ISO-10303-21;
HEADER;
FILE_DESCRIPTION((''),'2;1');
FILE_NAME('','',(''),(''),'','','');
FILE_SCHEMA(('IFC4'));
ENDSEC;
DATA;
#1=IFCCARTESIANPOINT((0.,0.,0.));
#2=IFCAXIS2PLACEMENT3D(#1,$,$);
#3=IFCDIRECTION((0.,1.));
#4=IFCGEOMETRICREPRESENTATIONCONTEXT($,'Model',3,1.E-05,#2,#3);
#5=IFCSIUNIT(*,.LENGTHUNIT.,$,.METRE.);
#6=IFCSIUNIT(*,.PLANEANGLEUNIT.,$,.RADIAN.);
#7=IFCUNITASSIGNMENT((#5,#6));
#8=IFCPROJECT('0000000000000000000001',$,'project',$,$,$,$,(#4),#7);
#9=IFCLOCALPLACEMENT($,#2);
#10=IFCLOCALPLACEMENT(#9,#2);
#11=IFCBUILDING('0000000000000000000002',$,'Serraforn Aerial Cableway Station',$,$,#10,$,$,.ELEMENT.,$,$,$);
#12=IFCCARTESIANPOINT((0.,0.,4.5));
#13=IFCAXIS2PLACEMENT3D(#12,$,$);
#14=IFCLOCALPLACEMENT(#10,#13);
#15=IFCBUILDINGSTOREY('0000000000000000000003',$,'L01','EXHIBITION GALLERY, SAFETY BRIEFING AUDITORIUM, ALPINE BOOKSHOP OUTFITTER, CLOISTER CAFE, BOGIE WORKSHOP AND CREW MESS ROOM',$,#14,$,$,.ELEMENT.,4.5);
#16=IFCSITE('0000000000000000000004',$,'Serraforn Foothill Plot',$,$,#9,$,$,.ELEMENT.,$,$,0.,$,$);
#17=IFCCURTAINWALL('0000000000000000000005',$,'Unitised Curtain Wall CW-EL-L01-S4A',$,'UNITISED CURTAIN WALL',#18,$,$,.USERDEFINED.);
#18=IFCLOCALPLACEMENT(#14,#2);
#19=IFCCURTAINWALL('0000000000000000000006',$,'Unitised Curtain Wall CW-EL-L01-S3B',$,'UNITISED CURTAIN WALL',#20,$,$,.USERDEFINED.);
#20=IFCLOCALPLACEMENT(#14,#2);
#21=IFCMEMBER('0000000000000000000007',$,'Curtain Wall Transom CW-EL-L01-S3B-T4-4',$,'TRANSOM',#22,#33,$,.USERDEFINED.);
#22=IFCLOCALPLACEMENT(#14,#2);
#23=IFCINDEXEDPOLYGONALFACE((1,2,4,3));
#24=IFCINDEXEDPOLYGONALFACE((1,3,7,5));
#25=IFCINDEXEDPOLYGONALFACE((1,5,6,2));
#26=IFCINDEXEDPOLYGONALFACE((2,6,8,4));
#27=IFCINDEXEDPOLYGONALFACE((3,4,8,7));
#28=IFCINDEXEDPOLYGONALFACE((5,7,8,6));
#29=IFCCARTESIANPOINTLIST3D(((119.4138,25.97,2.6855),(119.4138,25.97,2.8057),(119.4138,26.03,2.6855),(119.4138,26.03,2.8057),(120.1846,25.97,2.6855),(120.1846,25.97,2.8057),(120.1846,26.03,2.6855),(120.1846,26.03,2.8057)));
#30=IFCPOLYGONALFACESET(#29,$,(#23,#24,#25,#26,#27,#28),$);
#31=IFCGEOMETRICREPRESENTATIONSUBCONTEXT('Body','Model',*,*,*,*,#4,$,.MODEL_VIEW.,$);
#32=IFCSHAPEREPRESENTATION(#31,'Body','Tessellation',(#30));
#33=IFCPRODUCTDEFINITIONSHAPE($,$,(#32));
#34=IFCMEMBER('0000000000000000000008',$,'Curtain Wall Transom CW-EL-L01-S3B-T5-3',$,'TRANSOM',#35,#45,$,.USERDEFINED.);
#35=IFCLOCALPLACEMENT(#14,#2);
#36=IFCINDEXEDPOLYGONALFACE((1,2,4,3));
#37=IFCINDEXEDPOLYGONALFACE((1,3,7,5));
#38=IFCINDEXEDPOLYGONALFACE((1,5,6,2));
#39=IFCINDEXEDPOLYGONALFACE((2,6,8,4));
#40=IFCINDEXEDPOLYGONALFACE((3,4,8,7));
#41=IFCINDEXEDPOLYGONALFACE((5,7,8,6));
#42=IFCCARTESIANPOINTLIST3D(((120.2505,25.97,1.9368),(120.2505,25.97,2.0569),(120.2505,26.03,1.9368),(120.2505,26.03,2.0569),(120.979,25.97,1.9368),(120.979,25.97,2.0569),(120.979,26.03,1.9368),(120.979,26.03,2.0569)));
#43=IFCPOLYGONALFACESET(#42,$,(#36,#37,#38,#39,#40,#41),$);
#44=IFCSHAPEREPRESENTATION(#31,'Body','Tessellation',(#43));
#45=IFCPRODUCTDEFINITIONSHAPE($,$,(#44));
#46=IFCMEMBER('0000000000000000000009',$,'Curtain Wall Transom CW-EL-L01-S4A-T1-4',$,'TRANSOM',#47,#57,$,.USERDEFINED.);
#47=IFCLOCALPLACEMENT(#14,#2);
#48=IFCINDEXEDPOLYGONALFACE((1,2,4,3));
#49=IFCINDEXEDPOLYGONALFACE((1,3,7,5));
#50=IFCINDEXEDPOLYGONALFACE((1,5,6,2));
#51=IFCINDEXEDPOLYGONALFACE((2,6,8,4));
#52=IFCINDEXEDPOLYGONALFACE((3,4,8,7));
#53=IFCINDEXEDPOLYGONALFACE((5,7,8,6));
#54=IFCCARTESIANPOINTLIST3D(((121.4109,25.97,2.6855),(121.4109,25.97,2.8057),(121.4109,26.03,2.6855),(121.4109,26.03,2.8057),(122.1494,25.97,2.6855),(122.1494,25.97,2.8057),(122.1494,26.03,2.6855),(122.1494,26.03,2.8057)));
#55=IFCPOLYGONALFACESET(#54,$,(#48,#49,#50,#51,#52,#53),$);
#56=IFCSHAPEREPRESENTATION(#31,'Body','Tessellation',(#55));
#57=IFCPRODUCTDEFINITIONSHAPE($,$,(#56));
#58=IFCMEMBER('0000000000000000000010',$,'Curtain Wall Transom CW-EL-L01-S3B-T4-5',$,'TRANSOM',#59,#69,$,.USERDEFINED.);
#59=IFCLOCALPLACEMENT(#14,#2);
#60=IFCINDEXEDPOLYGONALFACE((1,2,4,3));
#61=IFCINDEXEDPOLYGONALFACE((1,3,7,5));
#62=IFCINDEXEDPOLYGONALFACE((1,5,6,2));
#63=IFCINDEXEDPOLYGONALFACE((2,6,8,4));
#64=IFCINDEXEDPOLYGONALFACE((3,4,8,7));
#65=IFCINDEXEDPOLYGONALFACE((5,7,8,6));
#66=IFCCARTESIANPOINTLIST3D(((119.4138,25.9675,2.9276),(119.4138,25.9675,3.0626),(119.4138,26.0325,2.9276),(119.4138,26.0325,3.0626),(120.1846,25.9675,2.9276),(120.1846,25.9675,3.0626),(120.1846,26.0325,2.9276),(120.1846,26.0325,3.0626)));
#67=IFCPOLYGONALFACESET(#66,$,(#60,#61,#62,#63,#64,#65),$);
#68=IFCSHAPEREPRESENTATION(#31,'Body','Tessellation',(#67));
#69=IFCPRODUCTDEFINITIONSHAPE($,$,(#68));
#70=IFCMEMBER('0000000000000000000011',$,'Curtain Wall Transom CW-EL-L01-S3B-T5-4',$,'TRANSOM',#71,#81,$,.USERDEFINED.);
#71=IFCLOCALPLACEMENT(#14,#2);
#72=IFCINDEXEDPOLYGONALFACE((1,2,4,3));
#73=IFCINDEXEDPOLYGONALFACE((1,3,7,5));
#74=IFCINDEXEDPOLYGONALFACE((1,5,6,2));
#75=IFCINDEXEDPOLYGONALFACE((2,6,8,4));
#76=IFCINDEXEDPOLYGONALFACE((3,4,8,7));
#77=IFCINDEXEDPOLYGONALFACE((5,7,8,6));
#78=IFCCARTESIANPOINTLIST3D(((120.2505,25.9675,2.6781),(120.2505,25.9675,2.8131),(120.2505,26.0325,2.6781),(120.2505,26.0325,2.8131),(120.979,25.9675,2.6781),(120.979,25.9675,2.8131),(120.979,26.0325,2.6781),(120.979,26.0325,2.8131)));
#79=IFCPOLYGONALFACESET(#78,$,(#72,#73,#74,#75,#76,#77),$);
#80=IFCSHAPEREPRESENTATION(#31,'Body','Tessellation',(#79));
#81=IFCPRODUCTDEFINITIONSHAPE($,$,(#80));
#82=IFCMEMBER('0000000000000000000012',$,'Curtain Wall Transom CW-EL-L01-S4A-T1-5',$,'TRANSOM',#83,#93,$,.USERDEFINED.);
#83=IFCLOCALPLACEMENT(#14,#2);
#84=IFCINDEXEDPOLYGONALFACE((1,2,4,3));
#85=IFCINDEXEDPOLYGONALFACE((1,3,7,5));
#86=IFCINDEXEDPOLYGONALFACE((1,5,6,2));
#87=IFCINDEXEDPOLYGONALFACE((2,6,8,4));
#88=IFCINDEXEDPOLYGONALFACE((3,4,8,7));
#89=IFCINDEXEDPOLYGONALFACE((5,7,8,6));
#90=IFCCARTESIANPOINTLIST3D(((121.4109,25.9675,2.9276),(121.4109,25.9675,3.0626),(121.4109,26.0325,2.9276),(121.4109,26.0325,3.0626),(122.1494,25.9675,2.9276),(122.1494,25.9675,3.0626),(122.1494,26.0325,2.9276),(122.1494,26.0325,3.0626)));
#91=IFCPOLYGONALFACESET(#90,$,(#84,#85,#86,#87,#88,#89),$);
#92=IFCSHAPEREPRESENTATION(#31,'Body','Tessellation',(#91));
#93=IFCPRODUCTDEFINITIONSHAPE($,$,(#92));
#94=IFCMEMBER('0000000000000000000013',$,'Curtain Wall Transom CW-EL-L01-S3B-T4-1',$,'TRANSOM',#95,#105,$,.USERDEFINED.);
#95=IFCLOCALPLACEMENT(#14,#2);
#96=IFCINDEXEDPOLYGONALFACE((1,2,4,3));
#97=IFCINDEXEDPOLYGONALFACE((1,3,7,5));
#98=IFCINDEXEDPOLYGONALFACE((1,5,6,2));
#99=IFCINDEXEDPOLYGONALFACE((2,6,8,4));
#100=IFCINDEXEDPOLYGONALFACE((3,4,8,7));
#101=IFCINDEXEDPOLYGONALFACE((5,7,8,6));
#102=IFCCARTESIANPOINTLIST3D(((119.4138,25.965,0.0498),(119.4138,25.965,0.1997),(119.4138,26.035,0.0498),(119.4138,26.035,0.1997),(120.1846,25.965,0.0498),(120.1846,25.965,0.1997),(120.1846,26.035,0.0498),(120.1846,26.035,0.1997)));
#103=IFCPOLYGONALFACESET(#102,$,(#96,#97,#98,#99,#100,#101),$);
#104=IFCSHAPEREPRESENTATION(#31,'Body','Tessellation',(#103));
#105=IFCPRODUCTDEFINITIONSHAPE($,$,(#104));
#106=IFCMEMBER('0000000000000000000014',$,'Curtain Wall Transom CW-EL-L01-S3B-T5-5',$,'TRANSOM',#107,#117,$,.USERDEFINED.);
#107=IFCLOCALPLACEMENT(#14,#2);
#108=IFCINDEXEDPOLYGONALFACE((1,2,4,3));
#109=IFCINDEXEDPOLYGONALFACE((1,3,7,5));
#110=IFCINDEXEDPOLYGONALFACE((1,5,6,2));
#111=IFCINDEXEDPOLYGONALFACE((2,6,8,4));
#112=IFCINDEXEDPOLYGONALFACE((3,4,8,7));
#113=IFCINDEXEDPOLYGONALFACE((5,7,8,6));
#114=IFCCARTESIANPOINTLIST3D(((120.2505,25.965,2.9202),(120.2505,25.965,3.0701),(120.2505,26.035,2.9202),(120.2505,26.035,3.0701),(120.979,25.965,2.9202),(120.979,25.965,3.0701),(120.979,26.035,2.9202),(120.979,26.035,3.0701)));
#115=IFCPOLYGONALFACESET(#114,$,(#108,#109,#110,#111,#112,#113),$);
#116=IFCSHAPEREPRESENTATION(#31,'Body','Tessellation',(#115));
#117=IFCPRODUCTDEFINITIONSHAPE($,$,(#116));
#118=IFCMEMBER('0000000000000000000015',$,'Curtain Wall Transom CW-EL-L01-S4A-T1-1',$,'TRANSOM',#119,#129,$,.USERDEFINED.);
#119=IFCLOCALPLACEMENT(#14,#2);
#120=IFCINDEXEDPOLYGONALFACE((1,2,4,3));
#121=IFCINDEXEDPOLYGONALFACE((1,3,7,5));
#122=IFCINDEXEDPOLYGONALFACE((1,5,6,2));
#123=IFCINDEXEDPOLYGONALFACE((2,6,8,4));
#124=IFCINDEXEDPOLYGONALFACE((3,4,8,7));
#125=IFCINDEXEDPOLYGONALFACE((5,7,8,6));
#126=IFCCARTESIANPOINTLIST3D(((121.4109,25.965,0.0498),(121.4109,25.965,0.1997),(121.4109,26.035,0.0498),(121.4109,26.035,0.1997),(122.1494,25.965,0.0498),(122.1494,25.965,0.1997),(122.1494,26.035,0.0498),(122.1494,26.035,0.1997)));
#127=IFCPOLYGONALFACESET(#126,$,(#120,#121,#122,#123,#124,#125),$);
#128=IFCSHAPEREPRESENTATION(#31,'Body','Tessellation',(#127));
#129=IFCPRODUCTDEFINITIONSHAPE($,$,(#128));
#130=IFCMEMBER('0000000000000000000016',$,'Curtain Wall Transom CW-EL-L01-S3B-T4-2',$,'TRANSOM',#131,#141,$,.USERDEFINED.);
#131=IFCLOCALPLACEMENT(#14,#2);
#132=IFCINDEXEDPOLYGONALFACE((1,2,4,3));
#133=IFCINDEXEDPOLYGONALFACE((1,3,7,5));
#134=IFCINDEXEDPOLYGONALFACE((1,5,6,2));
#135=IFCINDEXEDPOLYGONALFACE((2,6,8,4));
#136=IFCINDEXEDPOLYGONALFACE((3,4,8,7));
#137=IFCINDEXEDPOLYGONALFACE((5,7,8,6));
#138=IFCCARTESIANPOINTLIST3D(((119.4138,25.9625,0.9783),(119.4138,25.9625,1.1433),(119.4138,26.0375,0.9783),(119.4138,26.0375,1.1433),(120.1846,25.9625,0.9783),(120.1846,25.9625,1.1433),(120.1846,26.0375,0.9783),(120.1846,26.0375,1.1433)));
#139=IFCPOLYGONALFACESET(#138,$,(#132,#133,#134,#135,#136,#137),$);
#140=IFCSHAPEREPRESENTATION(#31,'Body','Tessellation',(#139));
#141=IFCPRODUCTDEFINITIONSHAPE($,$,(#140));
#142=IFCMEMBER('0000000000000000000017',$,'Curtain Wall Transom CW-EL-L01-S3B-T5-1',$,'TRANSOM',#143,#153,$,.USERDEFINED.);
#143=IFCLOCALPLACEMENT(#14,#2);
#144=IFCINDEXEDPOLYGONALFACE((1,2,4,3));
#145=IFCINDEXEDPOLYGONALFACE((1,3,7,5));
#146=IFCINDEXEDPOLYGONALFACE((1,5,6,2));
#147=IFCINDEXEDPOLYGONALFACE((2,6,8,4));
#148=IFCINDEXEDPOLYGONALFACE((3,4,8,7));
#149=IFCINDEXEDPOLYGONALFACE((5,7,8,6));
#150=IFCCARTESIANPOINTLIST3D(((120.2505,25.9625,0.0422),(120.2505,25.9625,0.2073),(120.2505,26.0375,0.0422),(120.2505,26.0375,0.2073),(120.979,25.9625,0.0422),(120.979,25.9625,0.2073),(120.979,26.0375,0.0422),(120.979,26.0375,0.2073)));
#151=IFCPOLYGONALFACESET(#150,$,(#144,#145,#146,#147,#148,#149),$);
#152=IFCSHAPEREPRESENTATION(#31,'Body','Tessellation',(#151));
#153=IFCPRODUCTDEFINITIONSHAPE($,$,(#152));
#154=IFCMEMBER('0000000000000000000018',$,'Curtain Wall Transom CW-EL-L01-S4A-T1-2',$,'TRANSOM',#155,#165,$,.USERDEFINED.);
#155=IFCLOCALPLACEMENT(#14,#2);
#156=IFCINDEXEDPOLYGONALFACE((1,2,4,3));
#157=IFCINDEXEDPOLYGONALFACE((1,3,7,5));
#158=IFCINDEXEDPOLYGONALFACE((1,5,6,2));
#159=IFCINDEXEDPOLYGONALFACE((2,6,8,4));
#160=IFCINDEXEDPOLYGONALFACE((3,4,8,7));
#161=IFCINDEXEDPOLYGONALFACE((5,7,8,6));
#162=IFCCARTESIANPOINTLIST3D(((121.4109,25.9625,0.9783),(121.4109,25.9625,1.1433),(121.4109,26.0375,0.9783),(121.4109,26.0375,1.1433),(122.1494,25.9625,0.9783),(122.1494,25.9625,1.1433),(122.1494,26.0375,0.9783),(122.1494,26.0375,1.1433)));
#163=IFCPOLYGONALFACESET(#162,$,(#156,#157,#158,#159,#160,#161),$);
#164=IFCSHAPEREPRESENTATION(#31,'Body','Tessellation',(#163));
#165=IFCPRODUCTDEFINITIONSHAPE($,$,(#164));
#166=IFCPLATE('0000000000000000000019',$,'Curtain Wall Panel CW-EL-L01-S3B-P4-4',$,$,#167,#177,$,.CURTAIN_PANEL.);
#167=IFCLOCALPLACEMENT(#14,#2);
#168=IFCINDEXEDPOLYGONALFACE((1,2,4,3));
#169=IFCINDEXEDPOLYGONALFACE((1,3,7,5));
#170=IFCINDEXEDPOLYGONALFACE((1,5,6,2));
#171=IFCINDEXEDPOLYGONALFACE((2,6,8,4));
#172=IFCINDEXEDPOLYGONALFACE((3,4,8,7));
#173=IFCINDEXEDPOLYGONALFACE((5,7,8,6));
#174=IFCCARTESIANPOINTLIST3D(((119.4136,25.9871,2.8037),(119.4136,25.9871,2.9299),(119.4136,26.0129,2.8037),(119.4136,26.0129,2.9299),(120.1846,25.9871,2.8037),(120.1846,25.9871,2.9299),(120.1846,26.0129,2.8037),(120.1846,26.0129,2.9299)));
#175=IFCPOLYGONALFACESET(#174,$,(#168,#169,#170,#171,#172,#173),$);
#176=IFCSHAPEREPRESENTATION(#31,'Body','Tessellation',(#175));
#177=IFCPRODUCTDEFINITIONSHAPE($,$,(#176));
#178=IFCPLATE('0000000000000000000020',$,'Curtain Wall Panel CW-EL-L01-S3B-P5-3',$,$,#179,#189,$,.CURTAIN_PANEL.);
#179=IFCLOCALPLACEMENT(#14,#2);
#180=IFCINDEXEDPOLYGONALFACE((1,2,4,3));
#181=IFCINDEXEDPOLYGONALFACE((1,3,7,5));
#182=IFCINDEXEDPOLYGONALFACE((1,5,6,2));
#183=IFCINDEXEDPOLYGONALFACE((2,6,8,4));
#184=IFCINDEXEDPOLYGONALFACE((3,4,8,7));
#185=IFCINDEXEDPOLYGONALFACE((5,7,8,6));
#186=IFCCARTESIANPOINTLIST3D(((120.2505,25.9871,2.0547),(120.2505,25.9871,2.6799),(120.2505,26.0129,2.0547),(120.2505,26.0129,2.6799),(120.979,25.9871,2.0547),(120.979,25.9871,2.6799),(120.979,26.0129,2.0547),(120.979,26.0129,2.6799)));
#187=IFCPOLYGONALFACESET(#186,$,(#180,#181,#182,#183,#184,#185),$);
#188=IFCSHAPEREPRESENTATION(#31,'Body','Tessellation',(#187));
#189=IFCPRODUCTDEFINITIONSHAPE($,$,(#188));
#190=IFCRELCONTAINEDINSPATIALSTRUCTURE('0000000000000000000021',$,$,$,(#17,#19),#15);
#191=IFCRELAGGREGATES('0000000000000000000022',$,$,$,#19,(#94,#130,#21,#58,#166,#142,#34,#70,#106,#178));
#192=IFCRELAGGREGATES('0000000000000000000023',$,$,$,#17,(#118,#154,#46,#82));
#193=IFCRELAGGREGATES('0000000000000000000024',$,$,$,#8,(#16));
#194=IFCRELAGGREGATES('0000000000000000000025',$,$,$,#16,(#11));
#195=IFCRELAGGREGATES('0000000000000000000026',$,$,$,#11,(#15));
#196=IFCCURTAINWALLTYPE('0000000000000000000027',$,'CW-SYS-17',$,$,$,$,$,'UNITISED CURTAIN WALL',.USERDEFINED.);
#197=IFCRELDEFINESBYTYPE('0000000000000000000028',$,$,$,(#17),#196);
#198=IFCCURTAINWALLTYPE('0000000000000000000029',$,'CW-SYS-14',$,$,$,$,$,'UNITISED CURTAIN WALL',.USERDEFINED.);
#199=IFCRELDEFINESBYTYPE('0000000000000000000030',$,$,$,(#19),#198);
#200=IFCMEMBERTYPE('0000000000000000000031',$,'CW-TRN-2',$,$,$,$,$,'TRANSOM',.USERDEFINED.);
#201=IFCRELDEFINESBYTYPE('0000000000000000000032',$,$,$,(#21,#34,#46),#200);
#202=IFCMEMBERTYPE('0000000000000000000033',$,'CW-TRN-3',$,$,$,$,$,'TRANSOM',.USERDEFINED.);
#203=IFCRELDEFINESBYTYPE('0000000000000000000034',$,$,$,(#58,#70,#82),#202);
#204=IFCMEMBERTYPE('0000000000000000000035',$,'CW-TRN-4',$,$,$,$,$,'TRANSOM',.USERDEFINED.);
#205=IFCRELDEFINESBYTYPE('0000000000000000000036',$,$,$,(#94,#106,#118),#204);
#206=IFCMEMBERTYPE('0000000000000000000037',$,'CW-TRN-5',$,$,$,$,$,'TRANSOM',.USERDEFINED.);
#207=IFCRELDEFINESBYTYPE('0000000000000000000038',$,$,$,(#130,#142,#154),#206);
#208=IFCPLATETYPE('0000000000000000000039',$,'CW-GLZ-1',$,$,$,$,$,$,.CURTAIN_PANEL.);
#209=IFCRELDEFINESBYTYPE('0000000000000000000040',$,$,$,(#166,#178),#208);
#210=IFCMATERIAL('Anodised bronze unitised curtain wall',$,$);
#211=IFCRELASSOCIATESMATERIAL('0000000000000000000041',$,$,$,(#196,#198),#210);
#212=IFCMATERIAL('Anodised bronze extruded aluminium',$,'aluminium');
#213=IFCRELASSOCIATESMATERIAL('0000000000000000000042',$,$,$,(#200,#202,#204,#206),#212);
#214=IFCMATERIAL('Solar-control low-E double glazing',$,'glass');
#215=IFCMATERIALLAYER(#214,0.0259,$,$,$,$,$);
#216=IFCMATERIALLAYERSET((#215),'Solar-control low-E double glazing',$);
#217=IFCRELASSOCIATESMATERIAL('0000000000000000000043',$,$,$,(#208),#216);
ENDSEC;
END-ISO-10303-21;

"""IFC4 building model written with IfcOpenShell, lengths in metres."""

from ifc_helpers import new_model, si_unit, direction, frame, origin, origin_2d, place, context, subcontext, project, spatial, rectangle, extrude, material, layer, layer_set, material_profile, profile_set, type_object, element, aggregate, save


model = new_model("IFC4")

# Units and contexts
model_context = context("Model", 3, precision=1e-05, world=origin(), true_north=direction((0.0, 1.0)))
body_context = subcontext(model_context, "Body", "Model", "MODEL_VIEW")
ifc_project = project(units=[si_unit("LENGTHUNIT", "METRE"), si_unit("PLANEANGLEUNIT", "RADIAN")], contexts=[model_context])

# Site, building, storey
site_placement = place(None, origin())
site = spatial("IfcSite", under=ifc_project, at=site_placement, Name="Serraforn Foothill Plot", CompositionType="ELEMENT", RefElevation=0.0)
building_placement = place(site_placement, origin())
building = spatial("IfcBuilding", under=site, at=building_placement, Name="Serraforn Aerial Cableway Station", CompositionType="ELEMENT")
storey_placement = place(building_placement, frame((0.0, 0.0, 4.5)))
storey = spatial("IfcBuildingStorey", under=building, at=storey_placement, Name="L01", Description="EXHIBITION GALLERY, SAFETY BRIEFING AUDITORIUM, ALPINE BOOKSHOP OUTFITTER, CLOISTER CAFE, BOGIE WORKSHOP AND CREW MESS ROOM", CompositionType="ELEMENT", Elevation=4.5)

# Curtain wall
ifc_material_1 = material(Name="Anodised bronze unitised curtain wall")
curtain_wall_type_1 = type_object("IfcCurtainWallType", Name="CW-SYS-17", ElementType="UNITISED CURTAIN WALL", PredefinedType="USERDEFINED", material=ifc_material_1)
curtain_wall_1_placement = place(storey_placement, origin())
curtain_wall_1 = element("IfcCurtainWall", 1, at=curtain_wall_1_placement, inside=storey, type_object=curtain_wall_type_1, Name="Unitised Curtain Wall CW-EL-L01-S4A", ObjectType="UNITISED CURTAIN WALL", PredefinedType="USERDEFINED")
ifc_material_2 = material(Name="Anodised bronze extruded aluminium", Category="aluminium")

# Curtain wall
curtain_wall_type_2 = type_object("IfcCurtainWallType", Name="CW-SYS-14", ElementType="UNITISED CURTAIN WALL", PredefinedType="USERDEFINED", material=ifc_material_1)
curtain_wall_2_placement = place(storey_placement, origin())
curtain_wall_2 = element("IfcCurtainWall", 2, at=curtain_wall_2_placement, inside=storey, type_object=curtain_wall_type_2, Name="Unitised Curtain Wall CW-EL-L01-S3B", ObjectType="UNITISED CURTAIN WALL", PredefinedType="USERDEFINED")

# Members
ifc_material_profile_1 = material_profile(ifc_material_2, rectangle(XDim=0.0601, YDim=0.1201, at=origin_2d()), Name="CW TRANSOM 60x120")
ifc_profile_set_1 = profile_set([ifc_material_profile_1], Name="Anodised bronze extruded aluminium")
member_type_1 = type_object("IfcMemberType", Name="CW-TRN-2", ElementType="TRANSOM", PredefinedType="USERDEFINED", material=ifc_profile_set_1)
member_1_placement = place(storey_placement, frame((119.4138, 26.0, 2.7456), z_axis=(1.0, 0.0, 0.0), x_axis=(0.0, 1.0, 0.0)))
member_1 = element("IfcMember", 3, at=member_1_placement, type_object=member_type_1, Name="Curtain Wall Transom CW-EL-L01-S3B-T4-4", ObjectType="TRANSOM", PredefinedType="USERDEFINED", context=body_context, shape_type="SweptSolid", body=[
    extrude(rectangle(XDim=0.0601, YDim=0.1201, at=origin_2d()), origin(), (0.0, 0.0, 1.0), 0.7708),
])
member_2_placement = place(storey_placement, frame((120.2505, 26.0, 1.9968), z_axis=(1.0, 0.0, 0.0), x_axis=(0.0, 1.0, 0.0)))
member_2 = element("IfcMember", 4, at=member_2_placement, type_object=member_type_1, Name="Curtain Wall Transom CW-EL-L01-S3B-T5-3", ObjectType="TRANSOM", PredefinedType="USERDEFINED", context=body_context, shape_type="SweptSolid", body=[
    extrude(rectangle(XDim=0.0601, YDim=0.1201, at=origin_2d()), origin(), (0.0, 0.0, 1.0), 0.7285),
])
member_3_placement = place(storey_placement, frame((121.4109, 26.0, 2.7456), z_axis=(1.0, 0.0, 0.0), x_axis=(0.0, 1.0, 0.0)))
member_3 = element("IfcMember", 5, at=member_3_placement, type_object=member_type_1, Name="Curtain Wall Transom CW-EL-L01-S4A-T1-4", ObjectType="TRANSOM", PredefinedType="USERDEFINED", context=body_context, shape_type="SweptSolid", body=[
    extrude(rectangle(XDim=0.0601, YDim=0.1201, at=origin_2d()), origin(), (0.0, 0.0, 1.0), 0.7385),
])
ifc_material_profile_2 = material_profile(ifc_material_2, rectangle(XDim=0.0649, YDim=0.135, at=origin_2d()), Name="CW TRANSOM 65x135")
ifc_profile_set_2 = profile_set([ifc_material_profile_2], Name="Anodised bronze extruded aluminium")
member_type_2 = type_object("IfcMemberType", Name="CW-TRN-3", ElementType="TRANSOM", PredefinedType="USERDEFINED", material=ifc_profile_set_2)
member_4_placement = place(storey_placement, frame((119.4138, 26.0, 2.9951), z_axis=(1.0, 0.0, 0.0), x_axis=(0.0, 1.0, 0.0)))
member_4 = element("IfcMember", 6, at=member_4_placement, type_object=member_type_2, Name="Curtain Wall Transom CW-EL-L01-S3B-T4-5", ObjectType="TRANSOM", PredefinedType="USERDEFINED", context=body_context, shape_type="SweptSolid", body=[
    extrude(rectangle(XDim=0.0649, YDim=0.135, at=origin_2d()), origin(), (0.0, 0.0, 1.0), 0.7708),
])
member_5_placement = place(storey_placement, frame((120.2505, 26.0, 2.7456), z_axis=(1.0, 0.0, 0.0), x_axis=(0.0, 1.0, 0.0)))
member_5 = element("IfcMember", 7, at=member_5_placement, type_object=member_type_2, Name="Curtain Wall Transom CW-EL-L01-S3B-T5-4", ObjectType="TRANSOM", PredefinedType="USERDEFINED", context=body_context, shape_type="SweptSolid", body=[
    extrude(rectangle(XDim=0.0649, YDim=0.135, at=origin_2d()), origin(), (0.0, 0.0, 1.0), 0.7285),
])
member_6_placement = place(storey_placement, frame((121.4109, 26.0, 2.9951), z_axis=(1.0, 0.0, 0.0), x_axis=(0.0, 1.0, 0.0)))
member_6 = element("IfcMember", 8, at=member_6_placement, type_object=member_type_2, Name="Curtain Wall Transom CW-EL-L01-S4A-T1-5", ObjectType="TRANSOM", PredefinedType="USERDEFINED", context=body_context, shape_type="SweptSolid", body=[
    extrude(rectangle(XDim=0.0649, YDim=0.135, at=origin_2d()), origin(), (0.0, 0.0, 1.0), 0.7385),
])
ifc_material_profile_3 = material_profile(ifc_material_2, rectangle(XDim=0.0701, YDim=0.1499, at=origin_2d()), Name="CW TRANSOM 70x150")
ifc_profile_set_3 = profile_set([ifc_material_profile_3], Name="Anodised bronze extruded aluminium")
member_type_3 = type_object("IfcMemberType", Name="CW-TRN-4", ElementType="TRANSOM", PredefinedType="USERDEFINED", material=ifc_profile_set_3)
member_7_placement = place(storey_placement, frame((119.4138, 26.0, 0.1248), z_axis=(1.0, 0.0, 0.0), x_axis=(0.0, 1.0, 0.0)))
member_7 = element("IfcMember", 9, at=member_7_placement, type_object=member_type_3, Name="Curtain Wall Transom CW-EL-L01-S3B-T4-1", ObjectType="TRANSOM", PredefinedType="USERDEFINED", context=body_context, shape_type="SweptSolid", body=[
    extrude(rectangle(XDim=0.0701, YDim=0.1499, at=origin_2d()), origin(), (0.0, 0.0, 1.0), 0.7708),
])
member_8_placement = place(storey_placement, frame((120.2505, 26.0, 2.9951), z_axis=(1.0, 0.0, 0.0), x_axis=(0.0, 1.0, 0.0)))
member_8 = element("IfcMember", 10, at=member_8_placement, type_object=member_type_3, Name="Curtain Wall Transom CW-EL-L01-S3B-T5-5", ObjectType="TRANSOM", PredefinedType="USERDEFINED", context=body_context, shape_type="SweptSolid", body=[
    extrude(rectangle(XDim=0.0701, YDim=0.1499, at=origin_2d()), origin(), (0.0, 0.0, 1.0), 0.7285),
])
member_9_placement = place(storey_placement, frame((121.4109, 26.0, 0.1248), z_axis=(1.0, 0.0, 0.0), x_axis=(0.0, 1.0, 0.0)))
member_9 = element("IfcMember", 11, at=member_9_placement, type_object=member_type_3, Name="Curtain Wall Transom CW-EL-L01-S4A-T1-1", ObjectType="TRANSOM", PredefinedType="USERDEFINED", context=body_context, shape_type="SweptSolid", body=[
    extrude(rectangle(XDim=0.0701, YDim=0.1499, at=origin_2d()), origin(), (0.0, 0.0, 1.0), 0.7385),
])
ifc_material_profile_4 = material_profile(ifc_material_2, rectangle(XDim=0.075, YDim=0.165, at=origin_2d()), Name="CW TRANSOM 75x165")
ifc_profile_set_4 = profile_set([ifc_material_profile_4], Name="Anodised bronze extruded aluminium")
member_type_4 = type_object("IfcMemberType", Name="CW-TRN-5", ElementType="TRANSOM", PredefinedType="USERDEFINED", material=ifc_profile_set_4)
member_10_placement = place(storey_placement, frame((119.4138, 26.0, 1.0608), z_axis=(1.0, 0.0, 0.0), x_axis=(0.0, 1.0, 0.0)))
member_10 = element("IfcMember", 12, at=member_10_placement, type_object=member_type_4, Name="Curtain Wall Transom CW-EL-L01-S3B-T4-2", ObjectType="TRANSOM", PredefinedType="USERDEFINED", context=body_context, shape_type="SweptSolid", body=[
    extrude(rectangle(XDim=0.075, YDim=0.165, at=origin_2d()), origin(), (0.0, 0.0, 1.0), 0.7708),
])
member_11_placement = place(storey_placement, frame((120.2505, 26.0, 0.1248), z_axis=(1.0, 0.0, 0.0), x_axis=(0.0, 1.0, 0.0)))
member_11 = element("IfcMember", 13, at=member_11_placement, type_object=member_type_4, Name="Curtain Wall Transom CW-EL-L01-S3B-T5-1", ObjectType="TRANSOM", PredefinedType="USERDEFINED", context=body_context, shape_type="SweptSolid", body=[
    extrude(rectangle(XDim=0.075, YDim=0.165, at=origin_2d()), origin(), (0.0, 0.0, 1.0), 0.7285),
])
member_12_placement = place(storey_placement, frame((121.4109, 26.0, 1.0608), z_axis=(1.0, 0.0, 0.0), x_axis=(0.0, 1.0, 0.0)))
member_12 = element("IfcMember", 14, at=member_12_placement, type_object=member_type_4, Name="Curtain Wall Transom CW-EL-L01-S4A-T1-2", ObjectType="TRANSOM", PredefinedType="USERDEFINED", context=body_context, shape_type="SweptSolid", body=[
    extrude(rectangle(XDim=0.075, YDim=0.165, at=origin_2d()), origin(), (0.0, 0.0, 1.0), 0.7385),
])

# Plates
ifc_material_3 = material(Name="Solar-control low-E double glazing", Category="glass")
ifc_layer_1 = layer(ifc_material_3, 0.0259)
ifc_layer_set_1 = layer_set([ifc_layer_1], Name="Solar-control low-E double glazing")
plate_type_1 = type_object("IfcPlateType", Name="CW-GLZ-1", PredefinedType="CURTAIN_PANEL", material=ifc_layer_set_1)
plate_1_placement = place(storey_placement, frame((119.7991, 26.0, 2.8037), z_axis=(0.0, 0.0, 1.0), x_axis=(1.0, 0.0, 0.0)))
plate_1 = element("IfcPlate", 15, at=plate_1_placement, type_object=plate_type_1, Name="Curtain Wall Panel CW-EL-L01-S3B-P4-4", PredefinedType="CURTAIN_PANEL", context=body_context, shape_type="SweptSolid", body=[
    extrude(rectangle(XDim=0.771, YDim=0.0259, at=origin_2d()), origin(), (0.0, 0.0, 1.0), 0.1262),
])
plate_2_placement = place(storey_placement, frame((120.6147, 26.0, 2.0547), z_axis=(0.0, 0.0, 1.0), x_axis=(1.0, 0.0, 0.0)))
plate_2 = element("IfcPlate", 16, at=plate_2_placement, type_object=plate_type_1, Name="Curtain Wall Panel CW-EL-L01-S3B-P5-3", PredefinedType="CURTAIN_PANEL", context=body_context, shape_type="SweptSolid", body=[
    extrude(rectangle(XDim=0.7285, YDim=0.0259, at=origin_2d()), origin(), (0.0, 0.0, 1.0), 0.6252),
])
aggregate(curtain_wall_2, [member_7, member_10, member_1, member_4, plate_1, member_11, member_2, member_5, member_8, plate_2])
aggregate(curtain_wall_1, [member_9, member_12, member_3, member_6])

save(model, "model.ifc")
